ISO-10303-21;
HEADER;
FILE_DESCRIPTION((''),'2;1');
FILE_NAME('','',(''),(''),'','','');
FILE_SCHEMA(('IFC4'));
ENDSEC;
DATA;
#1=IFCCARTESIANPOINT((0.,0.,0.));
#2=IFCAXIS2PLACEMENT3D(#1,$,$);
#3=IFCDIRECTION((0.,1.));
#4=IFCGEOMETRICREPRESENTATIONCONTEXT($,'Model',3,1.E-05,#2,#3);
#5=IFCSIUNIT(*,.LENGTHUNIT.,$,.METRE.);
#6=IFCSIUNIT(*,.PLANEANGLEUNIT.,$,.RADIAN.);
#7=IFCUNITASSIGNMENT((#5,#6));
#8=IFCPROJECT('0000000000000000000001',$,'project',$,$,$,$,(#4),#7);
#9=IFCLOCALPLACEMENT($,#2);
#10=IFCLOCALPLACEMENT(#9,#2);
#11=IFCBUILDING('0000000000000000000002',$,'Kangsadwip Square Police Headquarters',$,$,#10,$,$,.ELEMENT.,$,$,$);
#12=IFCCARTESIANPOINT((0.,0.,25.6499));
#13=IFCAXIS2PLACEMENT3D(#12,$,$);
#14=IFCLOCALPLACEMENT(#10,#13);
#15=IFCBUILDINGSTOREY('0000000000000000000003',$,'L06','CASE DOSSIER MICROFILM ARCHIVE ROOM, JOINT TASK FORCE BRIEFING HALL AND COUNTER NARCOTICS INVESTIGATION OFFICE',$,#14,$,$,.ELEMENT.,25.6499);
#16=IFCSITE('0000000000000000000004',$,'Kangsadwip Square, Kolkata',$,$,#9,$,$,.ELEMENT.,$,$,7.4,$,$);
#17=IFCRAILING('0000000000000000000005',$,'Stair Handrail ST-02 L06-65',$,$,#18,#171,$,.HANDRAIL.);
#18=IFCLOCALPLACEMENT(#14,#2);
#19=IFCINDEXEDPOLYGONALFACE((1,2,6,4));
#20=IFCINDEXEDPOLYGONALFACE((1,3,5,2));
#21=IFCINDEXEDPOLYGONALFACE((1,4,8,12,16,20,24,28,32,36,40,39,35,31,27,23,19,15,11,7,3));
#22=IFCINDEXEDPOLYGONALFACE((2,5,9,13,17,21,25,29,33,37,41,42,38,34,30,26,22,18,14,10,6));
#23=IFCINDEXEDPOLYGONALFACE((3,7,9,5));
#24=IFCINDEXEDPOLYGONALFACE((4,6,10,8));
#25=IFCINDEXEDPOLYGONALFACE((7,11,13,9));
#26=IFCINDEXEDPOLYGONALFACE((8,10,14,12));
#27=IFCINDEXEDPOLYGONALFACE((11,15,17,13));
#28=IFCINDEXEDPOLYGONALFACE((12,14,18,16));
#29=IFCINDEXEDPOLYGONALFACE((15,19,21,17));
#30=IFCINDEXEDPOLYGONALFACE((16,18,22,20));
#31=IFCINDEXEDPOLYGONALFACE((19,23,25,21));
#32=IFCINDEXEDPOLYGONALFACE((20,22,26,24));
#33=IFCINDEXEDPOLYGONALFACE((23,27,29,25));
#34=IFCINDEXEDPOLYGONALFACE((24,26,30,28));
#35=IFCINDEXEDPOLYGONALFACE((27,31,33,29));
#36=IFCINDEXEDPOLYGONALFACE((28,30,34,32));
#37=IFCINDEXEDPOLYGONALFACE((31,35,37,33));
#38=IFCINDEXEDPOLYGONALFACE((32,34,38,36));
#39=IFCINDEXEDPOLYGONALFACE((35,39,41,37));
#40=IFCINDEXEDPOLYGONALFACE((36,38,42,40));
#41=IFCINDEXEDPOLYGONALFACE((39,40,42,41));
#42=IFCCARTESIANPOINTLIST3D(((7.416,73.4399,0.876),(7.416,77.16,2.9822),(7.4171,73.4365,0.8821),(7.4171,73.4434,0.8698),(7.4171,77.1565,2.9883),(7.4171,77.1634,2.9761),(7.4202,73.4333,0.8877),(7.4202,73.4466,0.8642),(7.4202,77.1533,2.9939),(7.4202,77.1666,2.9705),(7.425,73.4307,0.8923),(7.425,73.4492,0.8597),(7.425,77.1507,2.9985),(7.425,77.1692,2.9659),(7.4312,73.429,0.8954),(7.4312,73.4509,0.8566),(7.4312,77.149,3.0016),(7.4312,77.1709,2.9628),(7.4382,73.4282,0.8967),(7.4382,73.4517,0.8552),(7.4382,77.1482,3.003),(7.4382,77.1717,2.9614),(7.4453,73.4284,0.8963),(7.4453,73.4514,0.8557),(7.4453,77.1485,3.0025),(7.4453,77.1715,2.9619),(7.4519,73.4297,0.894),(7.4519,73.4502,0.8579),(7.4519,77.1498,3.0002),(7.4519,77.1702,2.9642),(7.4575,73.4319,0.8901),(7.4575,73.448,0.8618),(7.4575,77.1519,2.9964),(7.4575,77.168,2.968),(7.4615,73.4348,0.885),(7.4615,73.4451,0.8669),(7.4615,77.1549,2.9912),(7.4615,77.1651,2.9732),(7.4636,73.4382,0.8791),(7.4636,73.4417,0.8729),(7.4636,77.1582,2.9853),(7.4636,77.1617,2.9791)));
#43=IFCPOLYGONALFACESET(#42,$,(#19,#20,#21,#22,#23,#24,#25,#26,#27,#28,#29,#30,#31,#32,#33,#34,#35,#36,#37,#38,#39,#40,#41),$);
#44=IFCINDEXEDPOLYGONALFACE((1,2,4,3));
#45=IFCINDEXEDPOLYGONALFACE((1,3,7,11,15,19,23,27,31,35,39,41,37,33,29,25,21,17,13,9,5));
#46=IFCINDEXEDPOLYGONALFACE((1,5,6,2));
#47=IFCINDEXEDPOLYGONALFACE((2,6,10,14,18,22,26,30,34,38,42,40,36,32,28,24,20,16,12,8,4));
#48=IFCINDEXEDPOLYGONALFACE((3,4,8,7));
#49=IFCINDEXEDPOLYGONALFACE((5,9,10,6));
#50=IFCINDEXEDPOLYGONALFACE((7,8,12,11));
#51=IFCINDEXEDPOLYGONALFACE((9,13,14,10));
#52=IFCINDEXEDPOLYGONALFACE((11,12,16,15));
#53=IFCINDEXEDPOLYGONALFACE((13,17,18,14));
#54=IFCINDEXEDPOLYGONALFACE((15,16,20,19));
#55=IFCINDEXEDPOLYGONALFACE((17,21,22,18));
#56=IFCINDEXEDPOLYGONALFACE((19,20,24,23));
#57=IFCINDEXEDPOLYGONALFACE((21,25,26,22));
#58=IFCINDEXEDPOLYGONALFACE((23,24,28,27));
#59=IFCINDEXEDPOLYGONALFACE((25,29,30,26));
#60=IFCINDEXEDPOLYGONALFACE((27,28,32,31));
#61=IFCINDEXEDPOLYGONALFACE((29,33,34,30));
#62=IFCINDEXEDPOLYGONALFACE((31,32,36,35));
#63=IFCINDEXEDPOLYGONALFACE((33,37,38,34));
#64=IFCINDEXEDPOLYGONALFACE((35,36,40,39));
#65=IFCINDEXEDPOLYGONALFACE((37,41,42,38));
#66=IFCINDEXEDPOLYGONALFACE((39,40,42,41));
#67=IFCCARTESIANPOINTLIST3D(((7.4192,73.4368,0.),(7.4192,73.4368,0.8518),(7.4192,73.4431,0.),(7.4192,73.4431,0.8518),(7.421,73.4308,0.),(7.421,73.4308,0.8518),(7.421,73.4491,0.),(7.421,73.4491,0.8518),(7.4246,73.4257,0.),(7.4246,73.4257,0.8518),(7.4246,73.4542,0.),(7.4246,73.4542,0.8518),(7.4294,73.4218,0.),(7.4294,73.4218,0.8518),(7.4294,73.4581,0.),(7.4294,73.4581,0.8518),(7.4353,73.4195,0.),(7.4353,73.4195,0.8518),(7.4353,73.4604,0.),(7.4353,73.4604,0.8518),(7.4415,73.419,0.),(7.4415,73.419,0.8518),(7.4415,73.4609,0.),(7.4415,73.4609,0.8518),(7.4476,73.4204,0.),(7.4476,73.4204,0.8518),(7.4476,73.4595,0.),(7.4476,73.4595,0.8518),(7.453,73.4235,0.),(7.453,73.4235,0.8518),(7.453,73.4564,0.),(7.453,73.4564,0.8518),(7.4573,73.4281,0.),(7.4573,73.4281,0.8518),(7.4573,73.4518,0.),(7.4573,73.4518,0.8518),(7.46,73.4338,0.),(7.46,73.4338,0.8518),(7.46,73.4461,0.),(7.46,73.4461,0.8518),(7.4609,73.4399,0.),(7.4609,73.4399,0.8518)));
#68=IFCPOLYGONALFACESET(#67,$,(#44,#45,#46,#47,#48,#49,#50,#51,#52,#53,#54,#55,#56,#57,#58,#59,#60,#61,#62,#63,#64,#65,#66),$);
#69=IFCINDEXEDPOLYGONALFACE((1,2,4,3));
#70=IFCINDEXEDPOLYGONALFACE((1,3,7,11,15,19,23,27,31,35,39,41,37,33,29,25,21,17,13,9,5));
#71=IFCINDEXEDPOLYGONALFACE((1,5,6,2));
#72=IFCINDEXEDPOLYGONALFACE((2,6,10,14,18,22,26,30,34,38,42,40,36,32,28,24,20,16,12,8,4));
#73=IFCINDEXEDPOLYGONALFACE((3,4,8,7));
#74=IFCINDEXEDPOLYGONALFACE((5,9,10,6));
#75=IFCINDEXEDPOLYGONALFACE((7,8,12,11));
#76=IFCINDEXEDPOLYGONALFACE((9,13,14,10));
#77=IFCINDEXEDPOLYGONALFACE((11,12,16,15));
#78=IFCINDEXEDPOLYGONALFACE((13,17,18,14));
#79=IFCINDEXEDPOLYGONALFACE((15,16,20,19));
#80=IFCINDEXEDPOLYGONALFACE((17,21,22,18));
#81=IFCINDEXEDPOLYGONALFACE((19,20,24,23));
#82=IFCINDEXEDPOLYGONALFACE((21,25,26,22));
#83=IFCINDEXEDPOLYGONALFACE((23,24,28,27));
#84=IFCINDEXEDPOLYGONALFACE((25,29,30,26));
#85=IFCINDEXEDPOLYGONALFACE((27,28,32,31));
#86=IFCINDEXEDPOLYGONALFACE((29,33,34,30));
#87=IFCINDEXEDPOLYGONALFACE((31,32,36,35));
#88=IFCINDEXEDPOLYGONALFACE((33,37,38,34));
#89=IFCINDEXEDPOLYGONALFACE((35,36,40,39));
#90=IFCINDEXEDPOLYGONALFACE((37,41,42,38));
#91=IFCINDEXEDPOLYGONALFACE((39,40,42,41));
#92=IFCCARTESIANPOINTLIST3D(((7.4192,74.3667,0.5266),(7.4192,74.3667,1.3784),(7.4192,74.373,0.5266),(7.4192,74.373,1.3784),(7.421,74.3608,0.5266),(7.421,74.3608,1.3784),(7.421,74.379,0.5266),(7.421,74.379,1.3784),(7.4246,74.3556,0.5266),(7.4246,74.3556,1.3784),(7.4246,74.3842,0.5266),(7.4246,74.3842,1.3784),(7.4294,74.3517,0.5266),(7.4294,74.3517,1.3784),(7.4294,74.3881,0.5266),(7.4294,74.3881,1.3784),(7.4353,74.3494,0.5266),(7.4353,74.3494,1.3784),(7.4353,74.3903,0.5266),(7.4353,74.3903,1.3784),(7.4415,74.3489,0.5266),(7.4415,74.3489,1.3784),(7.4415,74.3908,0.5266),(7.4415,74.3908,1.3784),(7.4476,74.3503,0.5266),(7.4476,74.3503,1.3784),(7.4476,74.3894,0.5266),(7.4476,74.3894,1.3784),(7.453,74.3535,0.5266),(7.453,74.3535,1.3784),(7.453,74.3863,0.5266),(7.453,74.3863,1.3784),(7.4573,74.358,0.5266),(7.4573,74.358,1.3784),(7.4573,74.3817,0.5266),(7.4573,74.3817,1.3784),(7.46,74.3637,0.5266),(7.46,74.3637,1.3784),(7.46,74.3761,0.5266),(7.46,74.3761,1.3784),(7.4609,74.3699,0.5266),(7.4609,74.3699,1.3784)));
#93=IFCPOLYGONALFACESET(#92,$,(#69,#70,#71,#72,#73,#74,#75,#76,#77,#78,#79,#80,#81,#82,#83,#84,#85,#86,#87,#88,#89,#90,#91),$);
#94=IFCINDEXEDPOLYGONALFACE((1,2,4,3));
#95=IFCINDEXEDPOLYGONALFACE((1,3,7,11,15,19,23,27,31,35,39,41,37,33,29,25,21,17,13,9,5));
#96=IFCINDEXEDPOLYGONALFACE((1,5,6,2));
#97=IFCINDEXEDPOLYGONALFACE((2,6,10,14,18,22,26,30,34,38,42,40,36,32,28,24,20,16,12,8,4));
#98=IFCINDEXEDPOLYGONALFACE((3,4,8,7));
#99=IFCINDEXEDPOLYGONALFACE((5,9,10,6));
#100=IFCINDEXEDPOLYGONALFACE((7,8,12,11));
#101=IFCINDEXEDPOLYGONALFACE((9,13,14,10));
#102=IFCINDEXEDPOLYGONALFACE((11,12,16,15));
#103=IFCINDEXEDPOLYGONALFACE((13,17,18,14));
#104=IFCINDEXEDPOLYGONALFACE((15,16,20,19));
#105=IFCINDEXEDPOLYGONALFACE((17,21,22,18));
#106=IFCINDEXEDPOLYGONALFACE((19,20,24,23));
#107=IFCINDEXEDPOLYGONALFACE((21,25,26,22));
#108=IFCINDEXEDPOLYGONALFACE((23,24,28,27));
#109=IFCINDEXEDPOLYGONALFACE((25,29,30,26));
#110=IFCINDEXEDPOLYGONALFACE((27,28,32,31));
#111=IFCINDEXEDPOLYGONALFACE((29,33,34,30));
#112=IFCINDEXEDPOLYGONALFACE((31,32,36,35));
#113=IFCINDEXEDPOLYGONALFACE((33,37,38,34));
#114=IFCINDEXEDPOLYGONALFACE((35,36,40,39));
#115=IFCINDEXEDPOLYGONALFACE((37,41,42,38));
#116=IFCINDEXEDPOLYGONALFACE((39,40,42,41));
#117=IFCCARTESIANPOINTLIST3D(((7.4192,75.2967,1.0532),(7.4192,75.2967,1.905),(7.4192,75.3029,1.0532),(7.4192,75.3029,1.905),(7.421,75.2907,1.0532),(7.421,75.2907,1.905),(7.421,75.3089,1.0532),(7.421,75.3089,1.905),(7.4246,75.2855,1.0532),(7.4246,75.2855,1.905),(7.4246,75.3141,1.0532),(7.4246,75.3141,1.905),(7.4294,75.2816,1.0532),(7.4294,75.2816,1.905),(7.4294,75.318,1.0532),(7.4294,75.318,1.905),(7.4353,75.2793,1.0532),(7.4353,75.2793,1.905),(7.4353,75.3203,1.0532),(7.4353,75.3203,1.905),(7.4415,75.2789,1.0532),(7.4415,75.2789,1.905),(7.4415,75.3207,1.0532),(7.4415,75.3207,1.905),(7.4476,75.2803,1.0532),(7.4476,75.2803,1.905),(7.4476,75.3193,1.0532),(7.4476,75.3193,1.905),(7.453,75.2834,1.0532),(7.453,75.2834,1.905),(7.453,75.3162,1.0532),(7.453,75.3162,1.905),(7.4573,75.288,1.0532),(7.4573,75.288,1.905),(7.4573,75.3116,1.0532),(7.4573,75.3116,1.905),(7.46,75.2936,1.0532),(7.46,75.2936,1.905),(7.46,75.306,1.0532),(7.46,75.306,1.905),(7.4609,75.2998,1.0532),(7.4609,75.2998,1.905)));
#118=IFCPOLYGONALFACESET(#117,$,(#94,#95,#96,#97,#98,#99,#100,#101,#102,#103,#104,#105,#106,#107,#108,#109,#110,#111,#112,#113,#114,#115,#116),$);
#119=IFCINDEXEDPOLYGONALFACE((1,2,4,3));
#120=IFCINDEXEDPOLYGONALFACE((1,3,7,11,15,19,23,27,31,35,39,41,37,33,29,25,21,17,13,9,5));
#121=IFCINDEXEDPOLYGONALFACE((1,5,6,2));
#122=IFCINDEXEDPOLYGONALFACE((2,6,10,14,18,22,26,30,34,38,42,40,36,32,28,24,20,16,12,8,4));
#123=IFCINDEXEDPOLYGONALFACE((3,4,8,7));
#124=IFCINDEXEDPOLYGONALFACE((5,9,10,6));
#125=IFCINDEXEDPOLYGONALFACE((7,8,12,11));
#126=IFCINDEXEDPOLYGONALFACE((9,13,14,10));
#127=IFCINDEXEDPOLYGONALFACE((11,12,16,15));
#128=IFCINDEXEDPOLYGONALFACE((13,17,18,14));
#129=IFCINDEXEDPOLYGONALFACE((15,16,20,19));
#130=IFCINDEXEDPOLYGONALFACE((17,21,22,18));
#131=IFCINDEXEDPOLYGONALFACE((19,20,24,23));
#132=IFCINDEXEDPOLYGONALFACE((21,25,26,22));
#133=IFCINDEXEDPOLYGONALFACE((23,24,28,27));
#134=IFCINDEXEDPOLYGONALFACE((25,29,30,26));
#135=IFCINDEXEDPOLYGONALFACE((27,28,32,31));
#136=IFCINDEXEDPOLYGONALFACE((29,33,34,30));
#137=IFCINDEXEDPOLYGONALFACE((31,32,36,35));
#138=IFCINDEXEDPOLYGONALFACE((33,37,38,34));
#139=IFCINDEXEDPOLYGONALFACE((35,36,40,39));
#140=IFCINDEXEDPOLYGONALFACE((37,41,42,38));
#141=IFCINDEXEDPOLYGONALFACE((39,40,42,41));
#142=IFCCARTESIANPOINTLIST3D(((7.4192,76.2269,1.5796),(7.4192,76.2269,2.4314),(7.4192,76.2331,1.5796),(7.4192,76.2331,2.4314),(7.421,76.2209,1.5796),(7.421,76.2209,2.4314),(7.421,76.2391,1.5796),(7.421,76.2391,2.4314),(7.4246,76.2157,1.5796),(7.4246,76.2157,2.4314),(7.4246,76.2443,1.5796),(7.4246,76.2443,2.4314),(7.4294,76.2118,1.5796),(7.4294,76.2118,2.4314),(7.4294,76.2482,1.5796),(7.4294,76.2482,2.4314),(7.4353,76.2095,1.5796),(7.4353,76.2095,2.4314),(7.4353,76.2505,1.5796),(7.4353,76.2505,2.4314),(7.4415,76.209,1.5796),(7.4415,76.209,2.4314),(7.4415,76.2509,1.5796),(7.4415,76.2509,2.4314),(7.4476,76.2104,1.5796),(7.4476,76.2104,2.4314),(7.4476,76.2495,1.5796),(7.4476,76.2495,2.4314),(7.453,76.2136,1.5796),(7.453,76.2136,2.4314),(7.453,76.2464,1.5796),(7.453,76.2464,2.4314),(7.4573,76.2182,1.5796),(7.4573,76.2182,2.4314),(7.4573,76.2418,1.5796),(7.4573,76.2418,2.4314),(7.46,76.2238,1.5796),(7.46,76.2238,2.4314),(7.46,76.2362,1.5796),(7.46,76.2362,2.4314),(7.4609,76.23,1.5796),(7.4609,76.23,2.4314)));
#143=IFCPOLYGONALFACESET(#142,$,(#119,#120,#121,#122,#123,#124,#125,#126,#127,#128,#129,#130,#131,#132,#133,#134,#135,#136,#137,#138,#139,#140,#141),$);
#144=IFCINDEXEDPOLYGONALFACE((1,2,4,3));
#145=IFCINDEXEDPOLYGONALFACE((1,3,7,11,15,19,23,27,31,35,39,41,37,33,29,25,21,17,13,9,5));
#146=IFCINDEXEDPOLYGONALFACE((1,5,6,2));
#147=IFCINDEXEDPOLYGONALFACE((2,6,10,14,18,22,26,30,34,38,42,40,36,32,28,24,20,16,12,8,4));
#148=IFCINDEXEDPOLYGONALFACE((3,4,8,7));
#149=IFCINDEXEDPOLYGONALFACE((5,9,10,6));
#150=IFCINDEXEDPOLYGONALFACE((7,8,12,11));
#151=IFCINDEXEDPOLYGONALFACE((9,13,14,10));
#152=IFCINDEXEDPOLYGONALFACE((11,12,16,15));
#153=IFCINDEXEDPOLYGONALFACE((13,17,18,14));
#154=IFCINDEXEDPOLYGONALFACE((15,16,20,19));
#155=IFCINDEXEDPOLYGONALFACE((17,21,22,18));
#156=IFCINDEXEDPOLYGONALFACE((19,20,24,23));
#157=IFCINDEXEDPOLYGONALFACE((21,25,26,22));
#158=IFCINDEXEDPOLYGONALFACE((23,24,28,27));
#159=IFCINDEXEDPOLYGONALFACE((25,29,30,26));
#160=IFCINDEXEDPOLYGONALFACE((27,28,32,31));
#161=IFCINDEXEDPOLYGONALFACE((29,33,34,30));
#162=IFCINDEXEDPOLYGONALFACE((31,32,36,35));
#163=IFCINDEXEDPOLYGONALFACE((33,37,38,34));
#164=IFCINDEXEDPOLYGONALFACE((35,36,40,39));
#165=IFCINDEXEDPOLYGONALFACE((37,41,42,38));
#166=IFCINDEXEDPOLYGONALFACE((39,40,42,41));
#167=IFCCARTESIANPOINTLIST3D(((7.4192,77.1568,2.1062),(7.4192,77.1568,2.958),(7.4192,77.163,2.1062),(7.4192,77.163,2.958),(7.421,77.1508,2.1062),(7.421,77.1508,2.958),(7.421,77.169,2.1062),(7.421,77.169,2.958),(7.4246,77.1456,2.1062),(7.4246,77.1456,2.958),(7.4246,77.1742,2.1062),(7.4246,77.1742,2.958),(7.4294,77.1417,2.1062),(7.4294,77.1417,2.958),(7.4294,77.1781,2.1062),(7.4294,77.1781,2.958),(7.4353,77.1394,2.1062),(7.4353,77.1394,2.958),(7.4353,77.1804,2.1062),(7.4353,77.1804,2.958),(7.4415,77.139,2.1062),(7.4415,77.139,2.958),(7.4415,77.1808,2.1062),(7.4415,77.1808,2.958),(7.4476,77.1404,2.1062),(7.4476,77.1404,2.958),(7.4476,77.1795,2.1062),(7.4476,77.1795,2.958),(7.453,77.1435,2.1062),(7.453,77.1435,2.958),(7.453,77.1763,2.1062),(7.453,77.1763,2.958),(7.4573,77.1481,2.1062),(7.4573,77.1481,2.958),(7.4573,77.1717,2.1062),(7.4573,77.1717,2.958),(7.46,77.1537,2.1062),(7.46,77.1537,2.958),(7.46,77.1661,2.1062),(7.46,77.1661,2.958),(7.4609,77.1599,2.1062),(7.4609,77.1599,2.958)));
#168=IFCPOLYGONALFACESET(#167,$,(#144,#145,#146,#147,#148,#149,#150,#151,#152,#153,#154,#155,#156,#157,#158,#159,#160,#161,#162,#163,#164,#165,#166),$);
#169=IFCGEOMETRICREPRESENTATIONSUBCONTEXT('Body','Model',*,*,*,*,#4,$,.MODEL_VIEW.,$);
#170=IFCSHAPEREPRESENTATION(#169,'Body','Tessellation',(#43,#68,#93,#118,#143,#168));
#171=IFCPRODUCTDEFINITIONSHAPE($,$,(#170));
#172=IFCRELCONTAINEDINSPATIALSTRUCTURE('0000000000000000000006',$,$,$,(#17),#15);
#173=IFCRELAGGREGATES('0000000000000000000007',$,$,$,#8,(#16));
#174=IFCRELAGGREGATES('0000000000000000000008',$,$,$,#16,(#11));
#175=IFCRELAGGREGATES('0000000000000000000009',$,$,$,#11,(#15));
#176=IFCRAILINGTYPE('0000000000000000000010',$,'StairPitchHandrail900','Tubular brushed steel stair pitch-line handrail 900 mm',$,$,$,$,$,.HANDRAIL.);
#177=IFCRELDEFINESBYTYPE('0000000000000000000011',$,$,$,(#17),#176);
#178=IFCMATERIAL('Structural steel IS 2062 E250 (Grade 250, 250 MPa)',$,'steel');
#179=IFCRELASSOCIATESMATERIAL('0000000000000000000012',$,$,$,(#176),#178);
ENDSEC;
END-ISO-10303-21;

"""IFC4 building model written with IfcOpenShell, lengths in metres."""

from ifc_helpers import new_model, si_unit, direction, frame, origin, origin_2d, place, context, subcontext, project, spatial, circle, extrude, material, type_object, element, save


model = new_model("IFC4")

# Units and contexts
model_context = context("Model", 3, precision=1e-05, world=origin(), true_north=direction((0.0, 1.0)))
body_context = subcontext(model_context, "Body", "Model", "MODEL_VIEW")
ifc_project = project(units=[si_unit("LENGTHUNIT", "METRE"), si_unit("PLANEANGLEUNIT", "RADIAN")], contexts=[model_context])

# Site, building, storey
site_placement = place(None, origin())
site = spatial("IfcSite", under=ifc_project, at=site_placement, Name="Kangsadwip Square, Kolkata", CompositionType="ELEMENT", RefElevation=7.4)
building_placement = place(site_placement, origin())
building = spatial("IfcBuilding", under=site, at=building_placement, Name="Kangsadwip Square Police Headquarters", CompositionType="ELEMENT")
storey_placement = place(building_placement, frame((0.0, 0.0, 25.6499)))
storey = spatial("IfcBuildingStorey", under=building, at=storey_placement, Name="L06", Description="CASE DOSSIER MICROFILM ARCHIVE ROOM, JOINT TASK FORCE BRIEFING HALL AND COUNTER NARCOTICS INVESTIGATION OFFICE", CompositionType="ELEMENT", Elevation=25.6499)

# Railing
ifc_material_1 = material(Name="Structural steel IS 2062 E250 (Grade 250, 250 MPa)", Category="steel")
railing_type_1 = type_object("IfcRailingType", Name="StairPitchHandrail900", Description="Tubular brushed steel stair pitch-line handrail 900 mm", PredefinedType="HANDRAIL", material=ifc_material_1)
railing_1_placement = place(storey_placement, frame((7.4399, 73.4399, 0.0)))
element("IfcRailing", 1, at=railing_1_placement, inside=storey, type_object=railing_type_1, Name="Stair Handrail ST-02 L06-65", PredefinedType="HANDRAIL", context=body_context, shape_type="SweptSolid", body=[
    extrude(circle(Radius=0.0239, at=origin_2d()), frame((0.0, 0.0, 0.876), z_axis=(0.0, 0.870201, 0.492697), x_axis=(-1.0, 0.0, 0.0)), (0.0, 0.0, 1.0), 4.2749),
    extrude(circle(Radius=0.021, at=origin_2d()), origin(), (0.0, 0.0, 1.0), 0.8518),
    extrude(circle(Radius=0.021, at=origin_2d()), frame((0.0, 0.9299, 0.5266)), (0.0, 0.0, 1.0), 0.8518),
    extrude(circle(Radius=0.021, at=origin_2d()), frame((0.0, 1.8599, 1.0532)), (0.0, 0.0, 1.0), 0.8518),
    extrude(circle(Radius=0.021, at=origin_2d()), frame((0.0, 2.79, 1.5796)), (0.0, 0.0, 1.0), 0.8518),
    extrude(circle(Radius=0.021, at=origin_2d()), frame((0.0, 3.72, 2.1062)), (0.0, 0.0, 1.0), 0.8518),
])

save(model, "model.ifc")
